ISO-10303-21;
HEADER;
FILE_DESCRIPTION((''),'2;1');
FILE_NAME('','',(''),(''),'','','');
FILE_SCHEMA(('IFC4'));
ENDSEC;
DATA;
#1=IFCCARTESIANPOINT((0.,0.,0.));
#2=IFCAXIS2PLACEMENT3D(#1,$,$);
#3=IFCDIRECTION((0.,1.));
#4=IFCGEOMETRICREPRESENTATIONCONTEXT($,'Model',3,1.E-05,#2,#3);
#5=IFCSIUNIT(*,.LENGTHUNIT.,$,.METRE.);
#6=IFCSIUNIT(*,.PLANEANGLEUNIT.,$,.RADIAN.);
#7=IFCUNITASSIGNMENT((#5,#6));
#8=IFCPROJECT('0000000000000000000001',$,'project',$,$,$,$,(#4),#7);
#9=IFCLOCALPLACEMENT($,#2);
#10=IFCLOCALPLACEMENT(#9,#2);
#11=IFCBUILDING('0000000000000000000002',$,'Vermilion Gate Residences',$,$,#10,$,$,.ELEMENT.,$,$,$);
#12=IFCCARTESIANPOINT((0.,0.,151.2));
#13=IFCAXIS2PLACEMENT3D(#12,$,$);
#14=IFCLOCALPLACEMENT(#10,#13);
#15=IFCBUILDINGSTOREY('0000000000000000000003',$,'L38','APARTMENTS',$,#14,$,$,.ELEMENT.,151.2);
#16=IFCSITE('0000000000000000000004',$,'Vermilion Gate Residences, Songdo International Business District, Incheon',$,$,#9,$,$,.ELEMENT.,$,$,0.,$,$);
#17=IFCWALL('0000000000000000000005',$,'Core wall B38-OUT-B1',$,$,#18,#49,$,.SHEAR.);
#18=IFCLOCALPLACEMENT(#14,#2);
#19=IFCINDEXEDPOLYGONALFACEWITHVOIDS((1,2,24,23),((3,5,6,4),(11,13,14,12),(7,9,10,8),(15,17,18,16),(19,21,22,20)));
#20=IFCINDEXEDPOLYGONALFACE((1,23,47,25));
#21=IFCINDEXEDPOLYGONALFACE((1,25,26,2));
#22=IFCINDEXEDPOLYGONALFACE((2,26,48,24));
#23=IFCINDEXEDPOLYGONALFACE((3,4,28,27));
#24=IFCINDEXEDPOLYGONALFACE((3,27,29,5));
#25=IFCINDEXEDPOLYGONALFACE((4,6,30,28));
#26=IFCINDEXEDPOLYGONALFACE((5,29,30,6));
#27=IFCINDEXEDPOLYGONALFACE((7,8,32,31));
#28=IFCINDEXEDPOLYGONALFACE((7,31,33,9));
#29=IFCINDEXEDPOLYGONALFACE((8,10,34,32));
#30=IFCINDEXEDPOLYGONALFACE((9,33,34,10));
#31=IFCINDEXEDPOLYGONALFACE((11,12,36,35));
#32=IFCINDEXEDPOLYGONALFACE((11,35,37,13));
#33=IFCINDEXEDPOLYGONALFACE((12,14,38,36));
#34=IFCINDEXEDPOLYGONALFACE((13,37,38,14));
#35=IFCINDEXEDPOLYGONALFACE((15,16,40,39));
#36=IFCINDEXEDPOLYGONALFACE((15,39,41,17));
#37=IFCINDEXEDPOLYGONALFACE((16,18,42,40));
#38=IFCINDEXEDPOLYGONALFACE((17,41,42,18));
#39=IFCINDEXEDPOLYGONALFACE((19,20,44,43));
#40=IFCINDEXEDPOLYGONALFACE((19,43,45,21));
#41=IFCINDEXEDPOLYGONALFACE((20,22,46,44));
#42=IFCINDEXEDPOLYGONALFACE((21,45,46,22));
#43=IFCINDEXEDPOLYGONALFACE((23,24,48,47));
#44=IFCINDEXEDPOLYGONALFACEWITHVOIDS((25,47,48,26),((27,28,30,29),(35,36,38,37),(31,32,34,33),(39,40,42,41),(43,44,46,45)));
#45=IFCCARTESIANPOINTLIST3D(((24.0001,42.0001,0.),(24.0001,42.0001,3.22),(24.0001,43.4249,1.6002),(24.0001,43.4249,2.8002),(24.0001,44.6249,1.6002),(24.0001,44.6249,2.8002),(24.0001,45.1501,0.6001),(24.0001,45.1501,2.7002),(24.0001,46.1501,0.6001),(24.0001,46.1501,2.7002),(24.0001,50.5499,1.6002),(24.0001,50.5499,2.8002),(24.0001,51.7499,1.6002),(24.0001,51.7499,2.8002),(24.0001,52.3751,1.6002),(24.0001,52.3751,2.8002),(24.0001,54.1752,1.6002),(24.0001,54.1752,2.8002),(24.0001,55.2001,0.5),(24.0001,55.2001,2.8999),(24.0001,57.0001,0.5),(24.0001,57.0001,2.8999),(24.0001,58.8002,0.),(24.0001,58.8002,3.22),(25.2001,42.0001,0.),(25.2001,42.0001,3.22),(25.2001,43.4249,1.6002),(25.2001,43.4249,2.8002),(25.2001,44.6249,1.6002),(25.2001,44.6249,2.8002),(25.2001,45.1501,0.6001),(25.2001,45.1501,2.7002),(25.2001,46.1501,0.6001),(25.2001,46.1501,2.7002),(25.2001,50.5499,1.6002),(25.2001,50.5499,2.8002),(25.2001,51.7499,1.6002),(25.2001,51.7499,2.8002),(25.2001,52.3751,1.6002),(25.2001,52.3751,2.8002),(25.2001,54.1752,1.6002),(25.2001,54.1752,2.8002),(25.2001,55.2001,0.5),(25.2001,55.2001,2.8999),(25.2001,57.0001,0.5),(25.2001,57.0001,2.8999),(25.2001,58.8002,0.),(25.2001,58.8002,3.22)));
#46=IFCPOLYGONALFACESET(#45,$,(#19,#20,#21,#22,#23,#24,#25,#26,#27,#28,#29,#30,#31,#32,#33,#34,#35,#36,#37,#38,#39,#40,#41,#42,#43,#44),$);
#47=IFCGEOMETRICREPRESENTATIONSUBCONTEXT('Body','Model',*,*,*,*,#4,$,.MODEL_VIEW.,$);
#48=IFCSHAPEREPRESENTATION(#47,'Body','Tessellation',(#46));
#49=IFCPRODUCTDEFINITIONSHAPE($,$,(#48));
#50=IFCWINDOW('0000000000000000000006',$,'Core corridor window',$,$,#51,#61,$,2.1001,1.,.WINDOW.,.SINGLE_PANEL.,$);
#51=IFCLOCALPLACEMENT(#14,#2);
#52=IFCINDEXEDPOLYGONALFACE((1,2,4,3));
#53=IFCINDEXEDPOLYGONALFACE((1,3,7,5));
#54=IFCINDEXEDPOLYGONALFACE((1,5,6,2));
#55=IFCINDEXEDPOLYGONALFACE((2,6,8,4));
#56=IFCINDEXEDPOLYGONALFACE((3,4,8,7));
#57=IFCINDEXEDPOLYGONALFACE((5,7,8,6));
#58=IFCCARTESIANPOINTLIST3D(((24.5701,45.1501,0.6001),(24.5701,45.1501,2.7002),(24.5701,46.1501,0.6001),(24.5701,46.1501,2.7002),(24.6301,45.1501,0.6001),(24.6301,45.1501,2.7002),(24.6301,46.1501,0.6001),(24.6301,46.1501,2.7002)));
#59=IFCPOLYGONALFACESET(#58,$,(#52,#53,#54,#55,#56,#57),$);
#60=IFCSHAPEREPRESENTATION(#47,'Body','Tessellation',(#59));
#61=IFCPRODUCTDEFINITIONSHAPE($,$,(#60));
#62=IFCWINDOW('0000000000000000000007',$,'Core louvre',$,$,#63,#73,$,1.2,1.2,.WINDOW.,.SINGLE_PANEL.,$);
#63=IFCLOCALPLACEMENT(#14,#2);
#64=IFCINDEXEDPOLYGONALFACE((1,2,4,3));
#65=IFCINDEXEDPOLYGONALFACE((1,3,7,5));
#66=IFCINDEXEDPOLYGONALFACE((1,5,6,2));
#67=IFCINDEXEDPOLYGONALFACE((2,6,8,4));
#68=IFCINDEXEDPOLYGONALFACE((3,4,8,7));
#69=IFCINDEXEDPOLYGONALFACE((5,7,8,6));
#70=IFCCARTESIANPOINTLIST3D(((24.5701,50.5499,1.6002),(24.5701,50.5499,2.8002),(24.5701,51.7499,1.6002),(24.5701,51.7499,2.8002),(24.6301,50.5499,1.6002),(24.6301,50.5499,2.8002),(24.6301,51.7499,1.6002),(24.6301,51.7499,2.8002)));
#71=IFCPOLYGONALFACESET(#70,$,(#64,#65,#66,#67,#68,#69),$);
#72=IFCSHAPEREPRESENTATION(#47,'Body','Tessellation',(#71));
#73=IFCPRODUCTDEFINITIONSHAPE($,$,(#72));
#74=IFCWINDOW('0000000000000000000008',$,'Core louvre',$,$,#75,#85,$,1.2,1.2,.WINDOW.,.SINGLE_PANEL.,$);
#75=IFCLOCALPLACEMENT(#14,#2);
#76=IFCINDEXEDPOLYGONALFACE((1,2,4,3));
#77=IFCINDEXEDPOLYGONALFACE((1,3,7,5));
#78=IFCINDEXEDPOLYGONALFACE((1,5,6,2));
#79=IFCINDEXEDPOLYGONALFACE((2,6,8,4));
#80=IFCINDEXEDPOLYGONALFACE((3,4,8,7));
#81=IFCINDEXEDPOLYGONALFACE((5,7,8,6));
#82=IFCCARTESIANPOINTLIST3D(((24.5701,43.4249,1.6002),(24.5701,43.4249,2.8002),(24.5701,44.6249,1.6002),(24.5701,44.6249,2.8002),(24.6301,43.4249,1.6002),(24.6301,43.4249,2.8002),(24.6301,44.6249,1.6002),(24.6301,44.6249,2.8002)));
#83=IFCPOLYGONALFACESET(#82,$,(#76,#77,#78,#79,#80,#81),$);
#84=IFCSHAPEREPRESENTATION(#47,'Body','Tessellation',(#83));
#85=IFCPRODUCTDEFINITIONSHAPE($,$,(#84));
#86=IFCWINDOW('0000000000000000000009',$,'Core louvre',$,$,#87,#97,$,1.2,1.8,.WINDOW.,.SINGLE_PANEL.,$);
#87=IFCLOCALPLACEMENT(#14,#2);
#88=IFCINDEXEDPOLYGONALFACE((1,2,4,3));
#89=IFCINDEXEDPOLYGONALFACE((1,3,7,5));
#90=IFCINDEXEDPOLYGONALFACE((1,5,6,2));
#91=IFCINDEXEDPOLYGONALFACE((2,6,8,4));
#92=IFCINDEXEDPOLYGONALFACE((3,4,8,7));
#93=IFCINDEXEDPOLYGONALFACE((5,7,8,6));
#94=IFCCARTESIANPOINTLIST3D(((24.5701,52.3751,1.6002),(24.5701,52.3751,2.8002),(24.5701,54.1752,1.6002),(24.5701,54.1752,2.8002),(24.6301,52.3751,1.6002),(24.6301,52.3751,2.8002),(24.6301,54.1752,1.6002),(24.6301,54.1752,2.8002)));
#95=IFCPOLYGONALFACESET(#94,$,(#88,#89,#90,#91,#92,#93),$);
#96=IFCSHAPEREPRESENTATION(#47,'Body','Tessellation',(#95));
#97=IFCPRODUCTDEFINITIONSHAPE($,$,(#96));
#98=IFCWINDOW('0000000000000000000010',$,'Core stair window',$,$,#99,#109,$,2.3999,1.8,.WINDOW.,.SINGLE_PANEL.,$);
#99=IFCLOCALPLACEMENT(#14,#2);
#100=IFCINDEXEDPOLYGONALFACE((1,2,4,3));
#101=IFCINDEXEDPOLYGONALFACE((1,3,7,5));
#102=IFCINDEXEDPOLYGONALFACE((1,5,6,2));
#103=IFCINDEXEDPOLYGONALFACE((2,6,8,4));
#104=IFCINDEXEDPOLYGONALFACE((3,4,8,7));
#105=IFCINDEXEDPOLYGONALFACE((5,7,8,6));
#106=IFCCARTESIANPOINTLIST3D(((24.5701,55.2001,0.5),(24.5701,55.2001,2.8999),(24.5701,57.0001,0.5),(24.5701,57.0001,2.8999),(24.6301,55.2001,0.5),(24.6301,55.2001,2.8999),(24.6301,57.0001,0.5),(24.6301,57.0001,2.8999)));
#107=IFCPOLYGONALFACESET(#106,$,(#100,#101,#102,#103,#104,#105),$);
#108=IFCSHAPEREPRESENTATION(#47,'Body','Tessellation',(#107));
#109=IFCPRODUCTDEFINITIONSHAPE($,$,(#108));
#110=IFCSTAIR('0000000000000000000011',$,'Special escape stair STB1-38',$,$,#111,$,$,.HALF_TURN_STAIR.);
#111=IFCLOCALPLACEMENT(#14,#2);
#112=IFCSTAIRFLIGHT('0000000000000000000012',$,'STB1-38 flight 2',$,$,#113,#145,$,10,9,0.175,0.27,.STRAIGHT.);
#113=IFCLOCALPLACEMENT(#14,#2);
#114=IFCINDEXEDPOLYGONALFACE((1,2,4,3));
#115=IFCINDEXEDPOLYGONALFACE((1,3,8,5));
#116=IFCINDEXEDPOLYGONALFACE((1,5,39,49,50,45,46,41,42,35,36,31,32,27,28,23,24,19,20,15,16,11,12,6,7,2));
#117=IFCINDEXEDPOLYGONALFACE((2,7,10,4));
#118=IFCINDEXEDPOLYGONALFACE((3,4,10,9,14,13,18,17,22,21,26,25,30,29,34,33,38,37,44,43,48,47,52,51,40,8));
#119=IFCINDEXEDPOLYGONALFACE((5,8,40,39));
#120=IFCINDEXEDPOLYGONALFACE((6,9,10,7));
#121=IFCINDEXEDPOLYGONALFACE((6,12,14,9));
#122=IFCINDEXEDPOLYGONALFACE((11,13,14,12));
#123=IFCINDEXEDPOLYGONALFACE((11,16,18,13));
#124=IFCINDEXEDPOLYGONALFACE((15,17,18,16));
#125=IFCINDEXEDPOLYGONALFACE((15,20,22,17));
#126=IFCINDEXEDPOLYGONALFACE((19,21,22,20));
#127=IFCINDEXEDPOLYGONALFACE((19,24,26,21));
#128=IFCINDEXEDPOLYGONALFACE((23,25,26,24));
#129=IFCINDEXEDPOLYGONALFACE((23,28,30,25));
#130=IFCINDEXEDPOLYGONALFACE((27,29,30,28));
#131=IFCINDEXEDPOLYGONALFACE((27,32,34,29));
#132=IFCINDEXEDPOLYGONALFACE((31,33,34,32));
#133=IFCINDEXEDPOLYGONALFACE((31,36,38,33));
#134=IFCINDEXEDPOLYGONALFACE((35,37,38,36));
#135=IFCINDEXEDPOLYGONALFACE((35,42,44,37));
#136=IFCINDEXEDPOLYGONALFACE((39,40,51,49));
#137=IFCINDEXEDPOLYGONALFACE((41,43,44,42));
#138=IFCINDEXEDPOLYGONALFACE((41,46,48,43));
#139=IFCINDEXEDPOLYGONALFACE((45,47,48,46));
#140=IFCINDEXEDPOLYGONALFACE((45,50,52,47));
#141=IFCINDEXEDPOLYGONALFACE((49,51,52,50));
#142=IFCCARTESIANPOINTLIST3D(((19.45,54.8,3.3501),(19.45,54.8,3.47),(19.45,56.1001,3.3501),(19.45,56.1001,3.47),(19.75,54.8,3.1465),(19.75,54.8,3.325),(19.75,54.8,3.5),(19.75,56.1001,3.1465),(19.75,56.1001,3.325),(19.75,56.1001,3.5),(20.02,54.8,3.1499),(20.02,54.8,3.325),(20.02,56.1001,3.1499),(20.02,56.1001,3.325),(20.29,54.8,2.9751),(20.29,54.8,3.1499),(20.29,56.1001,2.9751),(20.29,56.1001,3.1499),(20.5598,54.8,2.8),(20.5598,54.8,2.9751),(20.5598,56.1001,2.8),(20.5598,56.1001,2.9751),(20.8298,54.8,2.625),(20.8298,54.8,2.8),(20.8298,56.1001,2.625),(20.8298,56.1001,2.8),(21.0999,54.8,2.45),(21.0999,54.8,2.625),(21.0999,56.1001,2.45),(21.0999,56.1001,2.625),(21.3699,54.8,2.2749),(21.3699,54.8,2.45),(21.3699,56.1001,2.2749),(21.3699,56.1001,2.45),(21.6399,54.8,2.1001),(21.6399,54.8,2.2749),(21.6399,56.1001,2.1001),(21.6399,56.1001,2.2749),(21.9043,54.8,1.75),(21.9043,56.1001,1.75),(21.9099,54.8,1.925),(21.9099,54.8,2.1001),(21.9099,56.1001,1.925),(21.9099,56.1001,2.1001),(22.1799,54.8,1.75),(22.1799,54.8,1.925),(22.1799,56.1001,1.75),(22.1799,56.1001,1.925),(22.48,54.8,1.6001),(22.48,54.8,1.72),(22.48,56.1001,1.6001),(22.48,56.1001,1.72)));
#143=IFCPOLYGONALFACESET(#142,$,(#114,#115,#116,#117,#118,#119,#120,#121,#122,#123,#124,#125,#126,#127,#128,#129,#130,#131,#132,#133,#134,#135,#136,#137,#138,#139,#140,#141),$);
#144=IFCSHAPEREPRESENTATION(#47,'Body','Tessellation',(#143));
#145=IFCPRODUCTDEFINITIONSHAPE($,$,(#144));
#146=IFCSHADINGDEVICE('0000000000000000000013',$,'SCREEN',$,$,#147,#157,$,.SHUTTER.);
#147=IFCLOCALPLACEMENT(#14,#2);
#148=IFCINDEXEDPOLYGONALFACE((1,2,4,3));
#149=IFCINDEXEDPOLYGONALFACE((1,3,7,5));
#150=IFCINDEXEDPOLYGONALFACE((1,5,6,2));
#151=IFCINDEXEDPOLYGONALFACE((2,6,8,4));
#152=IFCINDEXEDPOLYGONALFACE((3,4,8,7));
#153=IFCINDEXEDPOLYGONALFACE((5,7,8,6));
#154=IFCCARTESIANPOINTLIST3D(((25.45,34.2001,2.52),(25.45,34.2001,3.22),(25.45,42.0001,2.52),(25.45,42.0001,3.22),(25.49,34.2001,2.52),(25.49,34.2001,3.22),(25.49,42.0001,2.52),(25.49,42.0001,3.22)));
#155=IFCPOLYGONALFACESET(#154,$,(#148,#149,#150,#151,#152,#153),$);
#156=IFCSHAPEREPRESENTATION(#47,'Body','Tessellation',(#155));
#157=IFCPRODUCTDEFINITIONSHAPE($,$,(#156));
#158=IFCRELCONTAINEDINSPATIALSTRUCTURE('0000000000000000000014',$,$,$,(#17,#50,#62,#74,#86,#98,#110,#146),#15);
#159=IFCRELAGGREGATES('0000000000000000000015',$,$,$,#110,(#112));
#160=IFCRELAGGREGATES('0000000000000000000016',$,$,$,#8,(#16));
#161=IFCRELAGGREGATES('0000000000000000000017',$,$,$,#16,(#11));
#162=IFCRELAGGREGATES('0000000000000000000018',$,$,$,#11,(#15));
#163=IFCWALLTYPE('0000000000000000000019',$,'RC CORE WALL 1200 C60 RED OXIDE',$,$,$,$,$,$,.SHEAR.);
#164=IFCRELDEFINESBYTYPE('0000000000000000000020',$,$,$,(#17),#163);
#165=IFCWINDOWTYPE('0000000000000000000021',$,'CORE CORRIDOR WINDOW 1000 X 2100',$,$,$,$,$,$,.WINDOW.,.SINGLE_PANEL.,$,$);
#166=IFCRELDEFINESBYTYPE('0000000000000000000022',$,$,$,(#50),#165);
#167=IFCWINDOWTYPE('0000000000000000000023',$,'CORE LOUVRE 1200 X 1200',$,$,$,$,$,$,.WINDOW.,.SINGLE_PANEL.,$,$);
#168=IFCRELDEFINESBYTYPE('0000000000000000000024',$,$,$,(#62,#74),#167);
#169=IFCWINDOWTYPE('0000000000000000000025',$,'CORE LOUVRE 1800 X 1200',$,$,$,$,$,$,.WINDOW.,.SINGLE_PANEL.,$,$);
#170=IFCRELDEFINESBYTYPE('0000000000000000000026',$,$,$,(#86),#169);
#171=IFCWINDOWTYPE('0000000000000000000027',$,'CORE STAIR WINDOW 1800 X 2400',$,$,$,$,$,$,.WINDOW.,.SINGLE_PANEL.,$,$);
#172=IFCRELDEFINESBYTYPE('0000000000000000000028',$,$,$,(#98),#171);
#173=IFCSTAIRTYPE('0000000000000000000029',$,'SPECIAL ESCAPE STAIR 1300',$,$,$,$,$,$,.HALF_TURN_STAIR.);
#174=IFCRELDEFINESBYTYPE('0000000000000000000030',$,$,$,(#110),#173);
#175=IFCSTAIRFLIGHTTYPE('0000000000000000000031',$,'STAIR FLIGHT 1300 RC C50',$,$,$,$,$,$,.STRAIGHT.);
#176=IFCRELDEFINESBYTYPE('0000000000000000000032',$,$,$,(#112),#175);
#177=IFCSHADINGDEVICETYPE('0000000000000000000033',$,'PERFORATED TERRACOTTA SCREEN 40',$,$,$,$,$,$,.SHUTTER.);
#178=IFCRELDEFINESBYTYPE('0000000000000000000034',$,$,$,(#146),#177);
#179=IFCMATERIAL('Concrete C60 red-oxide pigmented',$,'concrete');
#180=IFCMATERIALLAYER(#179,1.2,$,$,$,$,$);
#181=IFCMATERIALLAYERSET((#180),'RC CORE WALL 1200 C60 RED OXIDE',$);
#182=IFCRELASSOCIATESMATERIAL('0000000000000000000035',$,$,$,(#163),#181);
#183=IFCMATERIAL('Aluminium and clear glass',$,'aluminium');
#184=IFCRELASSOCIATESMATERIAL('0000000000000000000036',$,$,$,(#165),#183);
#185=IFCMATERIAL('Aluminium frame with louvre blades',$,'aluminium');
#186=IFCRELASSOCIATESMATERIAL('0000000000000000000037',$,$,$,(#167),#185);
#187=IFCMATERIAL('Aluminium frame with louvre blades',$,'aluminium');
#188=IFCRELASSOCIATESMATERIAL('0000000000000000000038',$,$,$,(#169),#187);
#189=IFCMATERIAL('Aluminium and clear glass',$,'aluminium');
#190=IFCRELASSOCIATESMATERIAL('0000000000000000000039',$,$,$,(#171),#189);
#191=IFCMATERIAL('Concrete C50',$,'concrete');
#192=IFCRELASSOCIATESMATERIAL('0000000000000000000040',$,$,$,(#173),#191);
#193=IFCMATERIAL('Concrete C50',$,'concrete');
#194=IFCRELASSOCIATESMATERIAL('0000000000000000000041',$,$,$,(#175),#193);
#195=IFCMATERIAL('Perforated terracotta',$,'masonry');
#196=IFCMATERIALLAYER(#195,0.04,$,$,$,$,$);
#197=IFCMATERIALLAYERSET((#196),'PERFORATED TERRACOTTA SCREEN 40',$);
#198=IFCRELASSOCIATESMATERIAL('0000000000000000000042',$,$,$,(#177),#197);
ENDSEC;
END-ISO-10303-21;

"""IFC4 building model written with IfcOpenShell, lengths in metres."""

from ifc_helpers import new_model, si_unit, direction, frame, frame_2d, origin, origin_2d, place, context, subcontext, project, spatial, polyline, rectangle, outline, extrude, material, layer, layer_set, type_object, element, fill, aggregate, save


model = new_model("IFC4")

# Units and contexts
model_context = context("Model", 3, precision=1e-05, world=origin(), true_north=direction((0.0, 1.0)))
body_context = subcontext(model_context, "Body", "Model", "MODEL_VIEW")
ifc_project = project(units=[si_unit("LENGTHUNIT", "METRE"), si_unit("PLANEANGLEUNIT", "RADIAN")], contexts=[model_context])

# Site, building, storey
site_placement = place(None, origin())
site = spatial("IfcSite", under=ifc_project, at=site_placement, Name="Vermilion Gate Residences, Songdo International Business District, Incheon", CompositionType="ELEMENT", RefElevation=0.0)
building_placement = place(site_placement, origin())
building = spatial("IfcBuilding", under=site, at=building_placement, Name="Vermilion Gate Residences", CompositionType="ELEMENT")
storey_placement = place(building_placement, frame((0.0, 0.0, 151.2)))
storey = spatial("IfcBuildingStorey", under=building, at=storey_placement, Name="L38", Description="APARTMENTS", CompositionType="ELEMENT", Elevation=151.2)

# Wall, openings, windows
ifc_material_1 = material(Name="Concrete C60 red-oxide pigmented", Category="concrete")
ifc_layer_1 = layer(ifc_material_1, 1.2)
ifc_layer_set_1 = layer_set([ifc_layer_1], Name="RC CORE WALL 1200 C60 RED OXIDE")
wall_type_1 = type_object("IfcWallType", Name="RC CORE WALL 1200 C60 RED OXIDE", PredefinedType="SHEAR", material=ifc_layer_set_1)
wall_1_placement = place(storey_placement, frame((24.6001, 58.8, 0.0), z_axis=(0.0, 0.0, 1.0), x_axis=(0.0, -1.0, 0.0)))
wall_1 = element("IfcWall", 1, at=wall_1_placement, inside=storey, type_object=wall_type_1, Name="Core wall B38-OUT-B1", PredefinedType="SHEAR", context=body_context, shape_type="SweptSolid", body=[
    extrude(rectangle(XDim=16.8, YDim=1.2, at=frame_2d((8.3999, 0.0))), origin(), (0.0, 0.0, 1.0), 3.22),
])
opening_1_placement = place(wall_1_placement, frame((1.8, 0.0, 0.5)))
opening_1 = element("IfcOpeningElement", 2, at=opening_1_placement, cuts=wall_1, PredefinedType="OPENING", context=body_context, shape_type="SweptSolid", body=[
    extrude(rectangle(XDim=1.8, YDim=2.3999, at=frame_2d((0.8999, 1.2))), frame((0.0, 0.6099, 0.0), z_axis=(0.0, -1.0, 0.0), x_axis=(1.0, 0.0, 0.0)), (0.0, 0.0, 1.0), 1.22),
])
opening_2_placement = place(wall_1_placement, frame((4.625, 0.0, 1.6001)))
opening_2 = element("IfcOpeningElement", 3, at=opening_2_placement, cuts=wall_1, PredefinedType="OPENING", context=body_context, shape_type="SweptSolid", body=[
    extrude(rectangle(XDim=1.8, YDim=1.2, at=frame_2d((0.8999, 0.6001))), frame((0.0, 0.6099, 0.0), z_axis=(0.0, -1.0, 0.0), x_axis=(1.0, 0.0, 0.0)), (0.0, 0.0, 1.0), 1.22),
])
opening_3_placement = place(wall_1_placement, frame((7.05, 0.0, 1.6001)))
opening_3 = element("IfcOpeningElement", 4, at=opening_3_placement, cuts=wall_1, PredefinedType="OPENING", context=body_context, shape_type="SweptSolid", body=[
    extrude(rectangle(XDim=1.2, YDim=1.2, at=frame_2d((0.6001, 0.6001))), frame((0.0, 0.6099, 0.0), z_axis=(0.0, -1.0, 0.0), x_axis=(1.0, 0.0, 0.0)), (0.0, 0.0, 1.0), 1.22),
])
opening_4_placement = place(wall_1_placement, frame((12.6499, 0.0, 0.6001)))
opening_4 = element("IfcOpeningElement", 5, at=opening_4_placement, cuts=wall_1, PredefinedType="OPENING", context=body_context, shape_type="SweptSolid", body=[
    extrude(rectangle(XDim=1.0, YDim=2.1001, at=frame_2d((0.5, 1.05))), frame((0.0, 0.6099, 0.0), z_axis=(0.0, -1.0, 0.0), x_axis=(1.0, 0.0, 0.0)), (0.0, 0.0, 1.0), 1.22),
])
opening_5_placement = place(wall_1_placement, frame((14.175, 0.0, 1.6001)))
opening_5 = element("IfcOpeningElement", 6, at=opening_5_placement, cuts=wall_1, PredefinedType="OPENING", context=body_context, shape_type="SweptSolid", body=[
    extrude(rectangle(XDim=1.2, YDim=1.2, at=frame_2d((0.6001, 0.6001))), frame((0.0, 0.6099, 0.0), z_axis=(0.0, -1.0, 0.0), x_axis=(1.0, 0.0, 0.0)), (0.0, 0.0, 1.0), 1.22),
])
ifc_material_2 = material(Name="Aluminium and clear glass", Category="aluminium")
window_type_1 = type_object("IfcWindowType", Name="CORE CORRIDOR WINDOW 1000 X 2100", PartitioningType="SINGLE_PANEL", PredefinedType="WINDOW", material=ifc_material_2)
window_1_placement = place(opening_4_placement, origin())
window_1 = element("IfcWindow", 7, at=window_1_placement, inside=storey, type_object=window_type_1, Name="Core corridor window", OverallHeight=2.1001, OverallWidth=1.0, PartitioningType="SINGLE_PANEL", PredefinedType="WINDOW", context=body_context, shape_type="SweptSolid", body=[
    extrude(rectangle(XDim=1.0, YDim=2.1001, at=frame_2d((0.5, 1.05))), frame((0.0, 0.03, 0.0), z_axis=(0.0, -1.0, 0.0), x_axis=(1.0, 0.0, 0.0)), (0.0, 0.0, 1.0), 0.0601),
])
fill(opening_4, window_1)
ifc_material_3 = material(Name="Aluminium frame with louvre blades", Category="aluminium")
window_type_2 = type_object("IfcWindowType", Name="CORE LOUVRE 1200 X 1200", PartitioningType="SINGLE_PANEL", PredefinedType="WINDOW", material=ifc_material_3)
window_2_placement = place(opening_3_placement, origin())
window_2 = element("IfcWindow", 8, at=window_2_placement, inside=storey, type_object=window_type_2, Name="Core louvre", OverallHeight=1.2, OverallWidth=1.2, PartitioningType="SINGLE_PANEL", PredefinedType="WINDOW", context=body_context, shape_type="SweptSolid", body=[
    extrude(rectangle(XDim=1.2, YDim=1.2, at=frame_2d((0.6001, 0.6001))), frame((0.0, 0.03, 0.0), z_axis=(0.0, -1.0, 0.0), x_axis=(1.0, 0.0, 0.0)), (0.0, 0.0, 1.0), 0.0601),
])
fill(opening_3, window_2)
window_3_placement = place(opening_5_placement, origin())
window_3 = element("IfcWindow", 9, at=window_3_placement, inside=storey, type_object=window_type_2, Name="Core louvre", OverallHeight=1.2, OverallWidth=1.2, PartitioningType="SINGLE_PANEL", PredefinedType="WINDOW", context=body_context, shape_type="SweptSolid", body=[
    extrude(rectangle(XDim=1.2, YDim=1.2, at=frame_2d((0.6001, 0.6001))), frame((0.0, 0.03, 0.0), z_axis=(0.0, -1.0, 0.0), x_axis=(1.0, 0.0, 0.0)), (0.0, 0.0, 1.0), 0.0601),
])
fill(opening_5, window_3)
ifc_material_4 = material(Name="Aluminium frame with louvre blades", Category="aluminium")
window_type_3 = type_object("IfcWindowType", Name="CORE LOUVRE 1800 X 1200", PartitioningType="SINGLE_PANEL", PredefinedType="WINDOW", material=ifc_material_4)
window_4_placement = place(opening_2_placement, origin())
window_4 = element("IfcWindow", 10, at=window_4_placement, inside=storey, type_object=window_type_3, Name="Core louvre", OverallHeight=1.2, OverallWidth=1.8, PartitioningType="SINGLE_PANEL", PredefinedType="WINDOW", context=body_context, shape_type="SweptSolid", body=[
    extrude(rectangle(XDim=1.8, YDim=1.2, at=frame_2d((0.8999, 0.6001))), frame((0.0, 0.03, 0.0), z_axis=(0.0, -1.0, 0.0), x_axis=(1.0, 0.0, 0.0)), (0.0, 0.0, 1.0), 0.0601),
])
fill(opening_2, window_4)
ifc_material_5 = material(Name="Aluminium and clear glass", Category="aluminium")
window_type_4 = type_object("IfcWindowType", Name="CORE STAIR WINDOW 1800 X 2400", PartitioningType="SINGLE_PANEL", PredefinedType="WINDOW", material=ifc_material_5)
window_5_placement = place(opening_1_placement, origin())
window_5 = element("IfcWindow", 11, at=window_5_placement, inside=storey, type_object=window_type_4, Name="Core stair window", OverallHeight=2.3999, OverallWidth=1.8, PartitioningType="SINGLE_PANEL", PredefinedType="WINDOW", context=body_context, shape_type="SweptSolid", body=[
    extrude(rectangle(XDim=1.8, YDim=2.3999, at=frame_2d((0.8999, 1.2))), frame((0.0, 0.03, 0.0), z_axis=(0.0, -1.0, 0.0), x_axis=(1.0, 0.0, 0.0)), (0.0, 0.0, 1.0), 0.0601),
])
fill(opening_1, window_5)

# Stair, stair flight
ifc_material_6 = material(Name="Concrete C50", Category="concrete")
stair_type = type_object("IfcStairType", Name="SPECIAL ESCAPE STAIR 1300", PredefinedType="HALF_TURN_STAIR", material=ifc_material_6)
stair_placement = place(storey_placement, origin())
stair = element("IfcStair", 12, at=stair_placement, inside=storey, type_object=stair_type, Name="Special escape stair STB1-38", PredefinedType="HALF_TURN_STAIR")
ifc_material_7 = material(Name="Concrete C50", Category="concrete")
stair_flight_type = type_object("IfcStairFlightType", Name="STAIR FLIGHT 1300 RC C50", PredefinedType="STRAIGHT", material=ifc_material_7)
stair_flight_placement = place(storey_placement, frame((22.1799, 55.45, 1.75), z_axis=(0.0, 0.0, 1.0), x_axis=(-1.0, 0.0, 0.0)))
stair_flight = element("IfcStairFlight", 13, at=stair_flight_placement, type_object=stair_flight_type, Name="STB1-38 flight 2", NumberOfRisers=10, NumberOfTreads=9, PredefinedType="STRAIGHT", RiserHeight=0.175, TreadLength=0.27, context=body_context, shape_type="SweptSolid", body=[
    extrude(outline(polyline([(-0.3, -0.1499), (-0.3, -0.03), (0.0, 0.0), (0.0, 0.175), (0.27, 0.175), (0.27, 0.3501), (0.54, 0.3501), (0.54, 0.5249), (0.8101, 0.5249), (0.8101, 0.7), (1.0801, 0.7), (1.0801, 0.875), (1.3501, 0.875), (1.3501, 1.05), (1.6201, 1.05), (1.6201, 1.2251), (1.8899, 1.2251), (1.8899, 1.3999), (2.1599, 1.3999), (2.1599, 1.575), (2.4299, 1.575), (2.4299, 1.75), (2.73, 1.72), (2.73, 1.6001), (2.4299, 1.3965), (0.2756, 0.0), (-0.3, -0.1499)])), frame((0.0, 0.6499, 0.0), z_axis=(0.0, -1.0, 0.0), x_axis=(1.0, 0.0, 0.0)), (0.0, 0.0, 1.0), 1.3),
])
aggregate(stair, [stair_flight])

# Shading device
ifc_material_8 = material(Name="Perforated terracotta", Category="masonry")
ifc_layer_2 = layer(ifc_material_8, 0.04)
ifc_layer_set_2 = layer_set([ifc_layer_2], Name="PERFORATED TERRACOTTA SCREEN 40")
shading_device_type_1 = type_object("IfcShadingDeviceType", Name="PERFORATED TERRACOTTA SCREEN 40", PredefinedType="SHUTTER", material=ifc_layer_set_2)
shading_device_1_placement = place(storey_placement, frame((25.47, 38.1001, 2.52), z_axis=(0.0, 0.0, 1.0), x_axis=(0.0, 1.0, 0.0)))
element("IfcShadingDevice", 14, at=shading_device_1_placement, inside=storey, type_object=shading_device_type_1, Name="SCREEN", PredefinedType="SHUTTER", context=body_context, shape_type="SweptSolid", body=[
    extrude(rectangle(XDim=7.8, YDim=0.04, at=origin_2d()), origin(), (0.0, 0.0, 1.0), 0.7),
])

save(model, "model.ifc")
